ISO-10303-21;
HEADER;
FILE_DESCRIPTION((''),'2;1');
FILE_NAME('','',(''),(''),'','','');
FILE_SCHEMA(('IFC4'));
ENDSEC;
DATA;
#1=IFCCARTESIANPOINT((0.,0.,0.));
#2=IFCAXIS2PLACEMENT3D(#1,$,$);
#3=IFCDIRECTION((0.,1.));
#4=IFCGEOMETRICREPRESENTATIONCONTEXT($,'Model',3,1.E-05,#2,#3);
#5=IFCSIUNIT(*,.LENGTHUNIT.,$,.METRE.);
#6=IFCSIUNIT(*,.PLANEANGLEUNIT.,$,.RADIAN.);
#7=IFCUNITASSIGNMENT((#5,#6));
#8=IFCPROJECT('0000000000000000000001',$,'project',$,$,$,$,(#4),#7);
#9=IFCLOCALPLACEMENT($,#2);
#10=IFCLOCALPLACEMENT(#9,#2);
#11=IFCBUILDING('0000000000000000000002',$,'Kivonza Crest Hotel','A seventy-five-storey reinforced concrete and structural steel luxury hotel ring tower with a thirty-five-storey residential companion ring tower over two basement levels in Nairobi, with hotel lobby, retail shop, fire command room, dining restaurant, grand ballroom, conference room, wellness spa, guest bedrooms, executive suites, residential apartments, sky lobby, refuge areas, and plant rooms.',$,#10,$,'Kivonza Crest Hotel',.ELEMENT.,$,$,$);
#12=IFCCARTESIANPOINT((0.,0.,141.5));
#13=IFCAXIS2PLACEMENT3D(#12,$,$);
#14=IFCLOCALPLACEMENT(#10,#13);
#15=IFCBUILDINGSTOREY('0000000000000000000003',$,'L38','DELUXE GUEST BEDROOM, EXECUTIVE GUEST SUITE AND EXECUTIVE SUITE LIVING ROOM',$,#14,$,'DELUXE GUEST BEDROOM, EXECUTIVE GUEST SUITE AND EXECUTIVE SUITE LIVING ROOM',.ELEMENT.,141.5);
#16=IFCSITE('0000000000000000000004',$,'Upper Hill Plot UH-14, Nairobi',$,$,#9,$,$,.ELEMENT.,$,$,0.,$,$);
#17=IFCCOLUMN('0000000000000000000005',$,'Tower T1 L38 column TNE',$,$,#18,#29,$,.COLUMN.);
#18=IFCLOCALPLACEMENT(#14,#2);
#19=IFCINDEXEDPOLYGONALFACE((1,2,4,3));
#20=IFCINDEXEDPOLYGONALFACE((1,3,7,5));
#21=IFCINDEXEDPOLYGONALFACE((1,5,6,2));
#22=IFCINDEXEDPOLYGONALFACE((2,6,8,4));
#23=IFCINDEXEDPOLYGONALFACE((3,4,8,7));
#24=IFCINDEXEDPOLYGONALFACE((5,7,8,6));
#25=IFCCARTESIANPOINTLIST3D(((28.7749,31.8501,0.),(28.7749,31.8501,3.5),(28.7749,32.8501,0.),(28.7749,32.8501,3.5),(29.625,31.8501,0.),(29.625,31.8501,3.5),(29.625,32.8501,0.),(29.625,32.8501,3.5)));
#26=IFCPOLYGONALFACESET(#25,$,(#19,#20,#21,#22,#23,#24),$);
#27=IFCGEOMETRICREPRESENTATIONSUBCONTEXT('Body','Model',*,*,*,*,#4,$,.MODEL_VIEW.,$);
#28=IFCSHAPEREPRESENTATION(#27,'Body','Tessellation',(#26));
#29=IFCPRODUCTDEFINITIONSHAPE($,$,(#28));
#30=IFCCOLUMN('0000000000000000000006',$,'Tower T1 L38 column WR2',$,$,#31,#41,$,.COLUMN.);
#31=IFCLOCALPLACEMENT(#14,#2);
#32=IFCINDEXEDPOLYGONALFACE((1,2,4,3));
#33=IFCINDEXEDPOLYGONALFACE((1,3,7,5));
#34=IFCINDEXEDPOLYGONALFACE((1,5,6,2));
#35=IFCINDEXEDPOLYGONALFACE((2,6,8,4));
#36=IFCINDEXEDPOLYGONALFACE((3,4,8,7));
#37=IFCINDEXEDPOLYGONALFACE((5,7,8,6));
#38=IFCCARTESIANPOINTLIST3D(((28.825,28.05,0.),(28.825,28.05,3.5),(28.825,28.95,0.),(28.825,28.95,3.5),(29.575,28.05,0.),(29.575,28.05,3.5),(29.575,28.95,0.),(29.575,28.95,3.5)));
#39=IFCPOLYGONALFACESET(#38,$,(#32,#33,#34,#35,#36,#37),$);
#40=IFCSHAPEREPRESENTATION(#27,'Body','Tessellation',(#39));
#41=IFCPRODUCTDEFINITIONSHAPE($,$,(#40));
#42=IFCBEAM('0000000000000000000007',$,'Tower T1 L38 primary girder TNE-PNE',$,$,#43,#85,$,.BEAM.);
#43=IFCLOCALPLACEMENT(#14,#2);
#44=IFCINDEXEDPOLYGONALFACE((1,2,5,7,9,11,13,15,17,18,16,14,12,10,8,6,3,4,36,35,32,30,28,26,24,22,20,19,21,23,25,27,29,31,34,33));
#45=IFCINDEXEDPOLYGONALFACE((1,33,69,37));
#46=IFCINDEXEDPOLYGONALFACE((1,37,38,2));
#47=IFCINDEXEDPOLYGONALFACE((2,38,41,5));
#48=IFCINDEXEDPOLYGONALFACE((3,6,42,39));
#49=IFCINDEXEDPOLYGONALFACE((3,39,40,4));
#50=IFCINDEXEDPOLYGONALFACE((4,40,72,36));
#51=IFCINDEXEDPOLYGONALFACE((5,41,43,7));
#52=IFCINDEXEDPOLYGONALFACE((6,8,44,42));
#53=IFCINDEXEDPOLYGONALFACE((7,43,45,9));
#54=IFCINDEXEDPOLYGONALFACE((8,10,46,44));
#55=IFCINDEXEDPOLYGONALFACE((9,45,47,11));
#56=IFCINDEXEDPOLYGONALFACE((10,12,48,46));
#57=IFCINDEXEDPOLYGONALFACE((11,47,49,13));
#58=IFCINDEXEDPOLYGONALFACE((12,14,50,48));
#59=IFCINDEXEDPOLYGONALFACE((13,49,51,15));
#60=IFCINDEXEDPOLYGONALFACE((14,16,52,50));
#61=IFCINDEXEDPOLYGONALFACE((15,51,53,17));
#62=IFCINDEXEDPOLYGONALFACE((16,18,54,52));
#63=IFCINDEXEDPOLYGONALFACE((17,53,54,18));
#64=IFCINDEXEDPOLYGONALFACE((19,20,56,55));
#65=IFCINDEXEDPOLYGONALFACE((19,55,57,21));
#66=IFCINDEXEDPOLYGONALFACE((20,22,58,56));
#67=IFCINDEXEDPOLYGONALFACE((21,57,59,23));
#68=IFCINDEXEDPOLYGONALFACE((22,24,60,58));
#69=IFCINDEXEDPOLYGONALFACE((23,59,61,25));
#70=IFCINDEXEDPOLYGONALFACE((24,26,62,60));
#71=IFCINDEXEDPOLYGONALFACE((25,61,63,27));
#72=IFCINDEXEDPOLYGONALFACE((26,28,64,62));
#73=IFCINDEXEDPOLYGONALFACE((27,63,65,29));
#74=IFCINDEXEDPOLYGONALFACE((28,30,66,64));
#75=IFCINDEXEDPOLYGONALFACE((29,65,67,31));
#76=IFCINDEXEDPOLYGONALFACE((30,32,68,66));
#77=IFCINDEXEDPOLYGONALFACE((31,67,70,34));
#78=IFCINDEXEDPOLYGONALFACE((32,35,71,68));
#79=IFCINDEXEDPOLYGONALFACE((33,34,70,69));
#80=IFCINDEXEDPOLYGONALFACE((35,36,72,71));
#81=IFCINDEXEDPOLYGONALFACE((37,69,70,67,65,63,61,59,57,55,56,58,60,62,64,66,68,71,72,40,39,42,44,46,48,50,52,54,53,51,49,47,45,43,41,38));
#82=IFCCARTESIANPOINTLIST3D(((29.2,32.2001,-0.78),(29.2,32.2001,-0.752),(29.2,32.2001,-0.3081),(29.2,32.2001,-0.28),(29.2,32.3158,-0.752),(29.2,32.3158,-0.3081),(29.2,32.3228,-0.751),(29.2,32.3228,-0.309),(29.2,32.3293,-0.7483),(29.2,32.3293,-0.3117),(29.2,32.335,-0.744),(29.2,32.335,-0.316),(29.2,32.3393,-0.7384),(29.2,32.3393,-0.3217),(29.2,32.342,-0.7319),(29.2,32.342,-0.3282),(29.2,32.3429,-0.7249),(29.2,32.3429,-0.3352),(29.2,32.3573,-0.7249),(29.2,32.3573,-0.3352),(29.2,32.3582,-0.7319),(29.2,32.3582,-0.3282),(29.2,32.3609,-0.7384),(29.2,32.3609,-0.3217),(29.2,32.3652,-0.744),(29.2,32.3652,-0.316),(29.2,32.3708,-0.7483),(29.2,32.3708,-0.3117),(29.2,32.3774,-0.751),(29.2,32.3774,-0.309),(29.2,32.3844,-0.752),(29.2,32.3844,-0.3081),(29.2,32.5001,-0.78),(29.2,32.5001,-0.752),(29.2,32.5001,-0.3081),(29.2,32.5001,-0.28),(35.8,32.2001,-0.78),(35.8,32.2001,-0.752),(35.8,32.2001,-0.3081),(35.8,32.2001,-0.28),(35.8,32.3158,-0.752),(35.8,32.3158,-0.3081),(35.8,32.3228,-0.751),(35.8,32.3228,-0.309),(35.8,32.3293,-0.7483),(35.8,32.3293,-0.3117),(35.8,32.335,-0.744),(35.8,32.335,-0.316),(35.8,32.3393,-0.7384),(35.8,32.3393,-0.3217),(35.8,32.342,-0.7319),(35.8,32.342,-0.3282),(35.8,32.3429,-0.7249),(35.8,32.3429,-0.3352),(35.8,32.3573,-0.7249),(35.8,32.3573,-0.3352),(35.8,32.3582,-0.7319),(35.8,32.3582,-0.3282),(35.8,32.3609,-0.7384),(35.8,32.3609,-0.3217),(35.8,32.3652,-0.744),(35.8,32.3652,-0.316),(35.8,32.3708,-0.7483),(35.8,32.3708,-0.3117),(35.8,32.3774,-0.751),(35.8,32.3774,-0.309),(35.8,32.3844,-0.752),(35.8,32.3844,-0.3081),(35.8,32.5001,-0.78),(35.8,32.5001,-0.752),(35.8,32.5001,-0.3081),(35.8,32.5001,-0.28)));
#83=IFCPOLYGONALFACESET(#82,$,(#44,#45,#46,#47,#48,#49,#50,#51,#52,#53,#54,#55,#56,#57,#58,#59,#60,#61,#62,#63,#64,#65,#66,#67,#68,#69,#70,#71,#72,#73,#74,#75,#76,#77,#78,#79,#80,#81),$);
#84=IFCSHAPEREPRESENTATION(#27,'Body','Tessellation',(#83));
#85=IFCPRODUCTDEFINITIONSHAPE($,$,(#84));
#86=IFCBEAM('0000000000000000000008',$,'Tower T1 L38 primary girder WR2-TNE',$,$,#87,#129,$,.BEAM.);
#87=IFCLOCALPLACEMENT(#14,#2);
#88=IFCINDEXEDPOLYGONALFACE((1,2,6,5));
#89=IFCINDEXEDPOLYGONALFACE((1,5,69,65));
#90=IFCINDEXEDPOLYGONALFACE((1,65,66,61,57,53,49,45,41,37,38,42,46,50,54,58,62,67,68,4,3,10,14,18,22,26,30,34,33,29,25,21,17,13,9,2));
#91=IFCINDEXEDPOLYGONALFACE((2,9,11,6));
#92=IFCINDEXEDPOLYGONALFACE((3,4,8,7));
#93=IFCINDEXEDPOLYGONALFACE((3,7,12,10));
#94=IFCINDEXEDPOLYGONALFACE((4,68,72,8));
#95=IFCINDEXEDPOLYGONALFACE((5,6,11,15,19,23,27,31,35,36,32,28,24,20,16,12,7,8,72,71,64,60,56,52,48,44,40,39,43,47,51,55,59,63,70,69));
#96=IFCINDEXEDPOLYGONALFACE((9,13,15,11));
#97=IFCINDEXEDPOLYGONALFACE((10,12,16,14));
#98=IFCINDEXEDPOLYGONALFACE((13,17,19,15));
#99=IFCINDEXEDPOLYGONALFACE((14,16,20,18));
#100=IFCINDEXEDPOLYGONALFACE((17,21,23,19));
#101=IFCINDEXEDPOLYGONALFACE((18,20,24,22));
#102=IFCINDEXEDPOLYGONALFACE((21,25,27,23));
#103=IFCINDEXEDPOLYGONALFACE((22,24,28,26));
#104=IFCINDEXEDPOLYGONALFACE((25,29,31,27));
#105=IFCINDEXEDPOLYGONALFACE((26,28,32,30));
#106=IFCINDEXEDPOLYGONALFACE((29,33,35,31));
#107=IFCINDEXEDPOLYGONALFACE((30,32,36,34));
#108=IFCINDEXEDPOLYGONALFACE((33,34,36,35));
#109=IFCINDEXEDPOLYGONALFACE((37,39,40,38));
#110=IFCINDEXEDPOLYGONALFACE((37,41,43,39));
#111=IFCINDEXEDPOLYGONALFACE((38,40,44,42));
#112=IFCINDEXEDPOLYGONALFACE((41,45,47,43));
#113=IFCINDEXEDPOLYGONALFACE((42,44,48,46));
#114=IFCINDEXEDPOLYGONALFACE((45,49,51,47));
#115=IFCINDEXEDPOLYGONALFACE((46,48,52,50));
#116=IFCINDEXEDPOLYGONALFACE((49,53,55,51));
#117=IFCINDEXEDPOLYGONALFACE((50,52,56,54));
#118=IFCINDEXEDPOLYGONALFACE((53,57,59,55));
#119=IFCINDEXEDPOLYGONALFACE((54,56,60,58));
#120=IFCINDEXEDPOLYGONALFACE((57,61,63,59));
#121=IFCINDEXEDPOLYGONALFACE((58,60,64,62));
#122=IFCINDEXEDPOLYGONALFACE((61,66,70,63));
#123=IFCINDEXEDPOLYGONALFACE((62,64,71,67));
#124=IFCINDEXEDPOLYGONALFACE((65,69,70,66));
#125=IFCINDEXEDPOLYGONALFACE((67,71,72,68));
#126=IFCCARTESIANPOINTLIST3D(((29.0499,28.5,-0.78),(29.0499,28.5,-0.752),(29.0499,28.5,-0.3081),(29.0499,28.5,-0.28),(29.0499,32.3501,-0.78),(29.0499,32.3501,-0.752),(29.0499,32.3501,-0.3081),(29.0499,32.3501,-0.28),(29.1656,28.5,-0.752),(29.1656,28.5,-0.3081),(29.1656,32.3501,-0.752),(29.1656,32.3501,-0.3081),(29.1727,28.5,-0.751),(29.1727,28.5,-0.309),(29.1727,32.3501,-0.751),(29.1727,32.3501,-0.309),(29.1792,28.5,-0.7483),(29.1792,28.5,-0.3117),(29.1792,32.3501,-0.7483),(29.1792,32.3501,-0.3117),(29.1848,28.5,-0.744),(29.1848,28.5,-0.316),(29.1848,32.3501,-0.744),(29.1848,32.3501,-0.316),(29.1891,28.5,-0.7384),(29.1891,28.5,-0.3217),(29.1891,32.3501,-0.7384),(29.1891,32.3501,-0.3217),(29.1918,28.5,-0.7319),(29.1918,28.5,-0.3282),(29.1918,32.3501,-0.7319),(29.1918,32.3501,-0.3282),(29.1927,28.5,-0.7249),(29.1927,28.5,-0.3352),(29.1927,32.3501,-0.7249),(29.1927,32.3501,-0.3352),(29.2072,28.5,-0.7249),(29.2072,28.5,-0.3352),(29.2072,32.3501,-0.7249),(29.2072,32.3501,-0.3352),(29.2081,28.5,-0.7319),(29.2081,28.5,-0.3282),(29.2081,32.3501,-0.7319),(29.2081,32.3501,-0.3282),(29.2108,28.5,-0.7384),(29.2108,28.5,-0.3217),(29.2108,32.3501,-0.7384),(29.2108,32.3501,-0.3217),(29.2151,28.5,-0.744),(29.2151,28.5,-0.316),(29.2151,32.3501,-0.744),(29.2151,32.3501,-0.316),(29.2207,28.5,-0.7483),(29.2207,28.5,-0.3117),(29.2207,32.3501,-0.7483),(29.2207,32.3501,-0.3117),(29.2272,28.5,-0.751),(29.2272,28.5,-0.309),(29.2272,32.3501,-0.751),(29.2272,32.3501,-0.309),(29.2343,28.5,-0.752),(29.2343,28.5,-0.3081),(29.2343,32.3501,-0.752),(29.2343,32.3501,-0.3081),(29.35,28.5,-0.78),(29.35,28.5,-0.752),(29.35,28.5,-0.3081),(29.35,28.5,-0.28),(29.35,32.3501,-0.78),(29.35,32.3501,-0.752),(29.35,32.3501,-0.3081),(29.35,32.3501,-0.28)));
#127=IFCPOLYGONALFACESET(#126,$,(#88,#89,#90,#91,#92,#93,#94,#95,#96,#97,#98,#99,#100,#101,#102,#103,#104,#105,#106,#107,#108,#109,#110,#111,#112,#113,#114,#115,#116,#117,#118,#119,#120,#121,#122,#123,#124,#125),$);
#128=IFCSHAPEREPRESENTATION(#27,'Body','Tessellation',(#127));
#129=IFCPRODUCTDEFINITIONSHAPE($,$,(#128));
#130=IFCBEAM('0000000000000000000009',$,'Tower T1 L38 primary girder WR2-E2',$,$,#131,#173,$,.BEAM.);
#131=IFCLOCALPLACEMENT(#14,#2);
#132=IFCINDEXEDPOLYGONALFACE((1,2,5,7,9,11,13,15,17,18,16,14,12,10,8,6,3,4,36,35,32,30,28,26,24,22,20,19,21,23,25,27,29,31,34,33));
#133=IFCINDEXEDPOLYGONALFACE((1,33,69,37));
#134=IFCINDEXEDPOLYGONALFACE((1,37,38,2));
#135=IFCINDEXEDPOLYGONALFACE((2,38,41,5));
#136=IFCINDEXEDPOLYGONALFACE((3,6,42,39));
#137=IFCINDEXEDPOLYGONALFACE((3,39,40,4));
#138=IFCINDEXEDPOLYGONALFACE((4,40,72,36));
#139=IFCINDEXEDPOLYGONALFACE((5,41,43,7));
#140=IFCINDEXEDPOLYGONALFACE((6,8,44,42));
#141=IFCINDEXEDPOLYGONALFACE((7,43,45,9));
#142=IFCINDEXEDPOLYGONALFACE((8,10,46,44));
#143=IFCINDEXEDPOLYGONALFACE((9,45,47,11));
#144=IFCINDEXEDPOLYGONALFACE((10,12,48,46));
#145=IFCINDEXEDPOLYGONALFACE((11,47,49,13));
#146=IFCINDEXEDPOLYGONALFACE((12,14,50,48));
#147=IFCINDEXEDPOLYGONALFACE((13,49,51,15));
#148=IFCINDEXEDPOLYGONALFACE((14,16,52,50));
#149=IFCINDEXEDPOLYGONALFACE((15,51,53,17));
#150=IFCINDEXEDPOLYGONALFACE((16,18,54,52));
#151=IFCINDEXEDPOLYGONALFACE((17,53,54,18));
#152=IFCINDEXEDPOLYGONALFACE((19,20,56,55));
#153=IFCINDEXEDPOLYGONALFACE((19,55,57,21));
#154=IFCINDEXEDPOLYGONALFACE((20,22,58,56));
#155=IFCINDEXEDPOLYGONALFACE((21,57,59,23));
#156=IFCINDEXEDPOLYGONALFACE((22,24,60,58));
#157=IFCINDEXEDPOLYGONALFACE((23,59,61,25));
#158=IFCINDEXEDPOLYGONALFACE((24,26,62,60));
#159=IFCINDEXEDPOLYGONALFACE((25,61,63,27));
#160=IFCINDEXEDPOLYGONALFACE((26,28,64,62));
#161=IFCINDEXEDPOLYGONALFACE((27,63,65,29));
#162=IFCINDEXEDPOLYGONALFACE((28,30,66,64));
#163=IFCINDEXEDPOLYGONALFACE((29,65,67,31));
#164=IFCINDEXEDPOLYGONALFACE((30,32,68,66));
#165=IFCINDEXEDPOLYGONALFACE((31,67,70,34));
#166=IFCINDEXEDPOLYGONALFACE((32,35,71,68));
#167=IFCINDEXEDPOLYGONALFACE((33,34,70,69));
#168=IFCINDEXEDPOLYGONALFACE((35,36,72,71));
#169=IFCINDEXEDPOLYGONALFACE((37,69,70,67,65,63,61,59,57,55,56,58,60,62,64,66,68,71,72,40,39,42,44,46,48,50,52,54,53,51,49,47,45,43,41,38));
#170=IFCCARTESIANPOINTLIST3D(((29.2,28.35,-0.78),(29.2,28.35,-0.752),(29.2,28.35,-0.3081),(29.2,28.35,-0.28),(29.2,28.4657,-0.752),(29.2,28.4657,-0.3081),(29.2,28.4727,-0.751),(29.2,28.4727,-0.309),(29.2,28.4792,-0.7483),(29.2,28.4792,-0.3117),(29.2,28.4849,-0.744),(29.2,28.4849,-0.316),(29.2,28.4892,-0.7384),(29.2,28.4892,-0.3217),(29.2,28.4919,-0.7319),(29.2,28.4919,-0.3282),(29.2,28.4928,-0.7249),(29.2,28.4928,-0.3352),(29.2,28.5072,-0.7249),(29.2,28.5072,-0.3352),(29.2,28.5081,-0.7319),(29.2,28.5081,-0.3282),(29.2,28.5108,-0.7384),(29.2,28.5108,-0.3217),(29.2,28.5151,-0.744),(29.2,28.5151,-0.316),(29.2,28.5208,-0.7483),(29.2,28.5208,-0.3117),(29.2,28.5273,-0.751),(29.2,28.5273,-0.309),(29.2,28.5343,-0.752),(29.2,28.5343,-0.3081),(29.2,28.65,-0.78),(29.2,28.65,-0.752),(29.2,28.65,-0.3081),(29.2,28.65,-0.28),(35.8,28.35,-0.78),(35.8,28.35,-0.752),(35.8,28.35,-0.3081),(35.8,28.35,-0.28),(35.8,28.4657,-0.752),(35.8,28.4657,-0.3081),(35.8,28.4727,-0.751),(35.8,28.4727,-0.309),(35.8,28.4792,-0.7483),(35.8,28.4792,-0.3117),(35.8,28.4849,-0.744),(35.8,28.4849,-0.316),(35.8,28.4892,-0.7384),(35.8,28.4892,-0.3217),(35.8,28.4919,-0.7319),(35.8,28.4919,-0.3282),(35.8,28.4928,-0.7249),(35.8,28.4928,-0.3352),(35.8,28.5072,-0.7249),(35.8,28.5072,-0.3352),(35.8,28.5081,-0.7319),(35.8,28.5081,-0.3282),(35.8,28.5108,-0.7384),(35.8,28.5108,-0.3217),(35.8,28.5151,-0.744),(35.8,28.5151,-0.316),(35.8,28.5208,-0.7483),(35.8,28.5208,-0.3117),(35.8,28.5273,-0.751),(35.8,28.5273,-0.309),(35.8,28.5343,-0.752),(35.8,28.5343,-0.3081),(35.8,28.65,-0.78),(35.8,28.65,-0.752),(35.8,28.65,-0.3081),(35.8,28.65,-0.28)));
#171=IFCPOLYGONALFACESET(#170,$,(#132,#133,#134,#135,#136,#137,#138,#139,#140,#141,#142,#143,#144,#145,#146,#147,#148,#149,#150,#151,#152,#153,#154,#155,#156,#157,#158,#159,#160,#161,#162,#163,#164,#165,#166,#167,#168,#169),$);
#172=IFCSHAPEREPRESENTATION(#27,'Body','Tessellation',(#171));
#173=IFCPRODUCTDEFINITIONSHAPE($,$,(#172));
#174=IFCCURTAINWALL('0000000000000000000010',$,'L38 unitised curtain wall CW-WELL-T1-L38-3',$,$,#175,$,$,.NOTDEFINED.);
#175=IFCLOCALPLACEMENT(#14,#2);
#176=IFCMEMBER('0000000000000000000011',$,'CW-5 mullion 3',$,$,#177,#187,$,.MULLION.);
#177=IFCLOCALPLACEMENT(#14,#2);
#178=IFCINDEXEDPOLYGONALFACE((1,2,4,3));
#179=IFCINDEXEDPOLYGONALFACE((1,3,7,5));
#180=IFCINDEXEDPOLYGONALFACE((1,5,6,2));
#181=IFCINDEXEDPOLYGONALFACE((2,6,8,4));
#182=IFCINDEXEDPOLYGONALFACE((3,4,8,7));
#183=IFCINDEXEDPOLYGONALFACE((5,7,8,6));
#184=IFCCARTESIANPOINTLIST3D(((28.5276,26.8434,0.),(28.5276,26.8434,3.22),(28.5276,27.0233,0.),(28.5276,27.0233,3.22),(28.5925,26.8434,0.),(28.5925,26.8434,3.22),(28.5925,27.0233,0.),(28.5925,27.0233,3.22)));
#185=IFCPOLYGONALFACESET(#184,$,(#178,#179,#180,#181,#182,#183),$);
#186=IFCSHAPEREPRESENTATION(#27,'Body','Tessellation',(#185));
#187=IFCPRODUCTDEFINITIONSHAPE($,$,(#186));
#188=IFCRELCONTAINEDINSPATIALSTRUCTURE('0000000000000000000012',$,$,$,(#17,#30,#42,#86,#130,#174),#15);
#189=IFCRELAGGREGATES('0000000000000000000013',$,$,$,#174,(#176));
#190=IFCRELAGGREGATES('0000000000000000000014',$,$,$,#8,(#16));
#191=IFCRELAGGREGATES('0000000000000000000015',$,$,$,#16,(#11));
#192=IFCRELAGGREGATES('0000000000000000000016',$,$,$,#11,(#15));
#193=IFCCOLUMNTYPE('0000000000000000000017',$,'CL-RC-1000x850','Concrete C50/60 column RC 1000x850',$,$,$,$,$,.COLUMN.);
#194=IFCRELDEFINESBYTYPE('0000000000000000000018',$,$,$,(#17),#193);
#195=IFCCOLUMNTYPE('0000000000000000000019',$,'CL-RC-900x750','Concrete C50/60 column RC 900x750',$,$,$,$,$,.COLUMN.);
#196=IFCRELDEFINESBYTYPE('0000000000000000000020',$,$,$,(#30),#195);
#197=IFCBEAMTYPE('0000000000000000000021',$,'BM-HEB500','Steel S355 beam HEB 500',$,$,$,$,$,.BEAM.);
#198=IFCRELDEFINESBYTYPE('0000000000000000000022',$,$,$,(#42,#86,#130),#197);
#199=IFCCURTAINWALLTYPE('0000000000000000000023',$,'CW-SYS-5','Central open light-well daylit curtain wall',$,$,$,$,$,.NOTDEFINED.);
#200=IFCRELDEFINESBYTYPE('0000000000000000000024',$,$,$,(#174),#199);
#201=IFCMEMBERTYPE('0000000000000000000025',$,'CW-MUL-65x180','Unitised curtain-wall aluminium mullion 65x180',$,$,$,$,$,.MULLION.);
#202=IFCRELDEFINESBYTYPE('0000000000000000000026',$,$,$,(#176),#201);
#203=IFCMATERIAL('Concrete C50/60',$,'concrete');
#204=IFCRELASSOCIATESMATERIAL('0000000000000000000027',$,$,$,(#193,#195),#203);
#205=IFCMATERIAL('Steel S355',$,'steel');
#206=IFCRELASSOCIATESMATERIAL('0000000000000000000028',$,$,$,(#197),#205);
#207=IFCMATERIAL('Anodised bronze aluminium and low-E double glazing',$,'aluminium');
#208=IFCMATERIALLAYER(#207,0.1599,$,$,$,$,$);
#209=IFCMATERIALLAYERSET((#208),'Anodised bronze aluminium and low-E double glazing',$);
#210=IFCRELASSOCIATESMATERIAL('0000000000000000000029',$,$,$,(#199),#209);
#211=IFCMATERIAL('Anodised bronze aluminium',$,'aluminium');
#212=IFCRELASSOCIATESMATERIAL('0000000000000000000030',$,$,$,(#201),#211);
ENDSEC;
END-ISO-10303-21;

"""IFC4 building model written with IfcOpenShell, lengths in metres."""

from ifc_helpers import new_model, si_unit, direction, frame, origin, origin_2d, place, context, subcontext, project, spatial, rectangle, i_section, extrude, material, layer, layer_set, material_profile, profile_set, type_object, element, aggregate, save


model = new_model("IFC4")

# Units and contexts
model_context = context("Model", 3, precision=1e-05, world=origin(), true_north=direction((0.0, 1.0)))
body_context = subcontext(model_context, "Body", "Model", "MODEL_VIEW")
ifc_project = project(units=[si_unit("LENGTHUNIT", "METRE"), si_unit("PLANEANGLEUNIT", "RADIAN")], contexts=[model_context])

# Site, building, storey
site_placement = place(None, origin())
site = spatial("IfcSite", under=ifc_project, at=site_placement, Name="Upper Hill Plot UH-14, Nairobi", CompositionType="ELEMENT", RefElevation=0.0)
building_placement = place(site_placement, origin())
building = spatial("IfcBuilding", under=site, at=building_placement, Name="Kivonza Crest Hotel", Description="A seventy-five-storey reinforced concrete and structural steel luxury hotel ring tower with a thirty-five-storey residential companion ring tower over two basement levels in Nairobi, with hotel lobby, retail shop, fire command room, dining restaurant, grand ballroom, conference room, wellness spa, guest bedrooms, executive suites, residential apartments, sky lobby, refuge areas, and plant rooms.", LongName="Kivonza Crest Hotel", CompositionType="ELEMENT")
storey_placement = place(building_placement, frame((0.0, 0.0, 141.5)))
storey = spatial("IfcBuildingStorey", under=building, at=storey_placement, Name="L38", Description="DELUXE GUEST BEDROOM, EXECUTIVE GUEST SUITE AND EXECUTIVE SUITE LIVING ROOM", LongName="DELUXE GUEST BEDROOM, EXECUTIVE GUEST SUITE AND EXECUTIVE SUITE LIVING ROOM", CompositionType="ELEMENT", Elevation=141.5)

# Columns
ifc_material_1 = material(Name="Concrete C50/60", Category="concrete")
ifc_material_profile_1 = material_profile(ifc_material_1, rectangle(XDim=0.8501, YDim=1.0, at=origin_2d()), Name="RC 1000x850")
ifc_profile_set_1 = profile_set([ifc_material_profile_1], Name="Concrete C50/60")
column_type_1 = type_object("IfcColumnType", Name="CL-RC-1000x850", Description="Concrete C50/60 column RC 1000x850", PredefinedType="COLUMN", material=ifc_profile_set_1)
column_1_placement = place(storey_placement, frame((29.2, 32.3501, 0.0), z_axis=(0.0, 0.0, 1.0), x_axis=(1.0, 0.0, 0.0)))
element("IfcColumn", 1, at=column_1_placement, inside=storey, type_object=column_type_1, Name="Tower T1 L38 column TNE", PredefinedType="COLUMN", context=body_context, shape_type="SweptSolid", body=[
    extrude(rectangle(XDim=0.8501, YDim=1.0, at=origin_2d()), origin(), (0.0, 0.0, 1.0), 3.5),
])
ifc_material_profile_2 = material_profile(ifc_material_1, rectangle(XDim=0.75, YDim=0.8999, at=origin_2d()), Name="RC 900x750")
ifc_profile_set_2 = profile_set([ifc_material_profile_2], Name="Concrete C50/60")
column_type_2 = type_object("IfcColumnType", Name="CL-RC-900x750", Description="Concrete C50/60 column RC 900x750", PredefinedType="COLUMN", material=ifc_profile_set_2)
column_2_placement = place(storey_placement, frame((29.2, 28.5, 0.0), z_axis=(0.0, 0.0, 1.0), x_axis=(1.0, 0.0, 0.0)))
element("IfcColumn", 2, at=column_2_placement, inside=storey, type_object=column_type_2, Name="Tower T1 L38 column WR2", PredefinedType="COLUMN", context=body_context, shape_type="SweptSolid", body=[
    extrude(rectangle(XDim=0.75, YDim=0.8999, at=origin_2d()), origin(), (0.0, 0.0, 1.0), 3.5),
])

# Beams
ifc_material_2 = material(Name="Steel S355", Category="steel")
ifc_material_profile_3 = material_profile(ifc_material_2, i_section(OverallWidth=0.3, OverallDepth=0.5, WebThickness=0.0144, FlangeThickness=0.0281, FilletRadius=0.0271, at=origin_2d()), Name="HEB 500")
ifc_profile_set_3 = profile_set([ifc_material_profile_3], Name="Steel S355")
beam_type = type_object("IfcBeamType", Name="BM-HEB500", Description="Steel S355 beam HEB 500", PredefinedType="BEAM", material=ifc_profile_set_3)
beam_1_placement = place(storey_placement, frame((29.2, 32.3501, -0.53), z_axis=(1.0, 0.0, 0.0), x_axis=(0.0, 1.0, 0.0)))
element("IfcBeam", 3, at=beam_1_placement, inside=storey, type_object=beam_type, Name="Tower T1 L38 primary girder TNE-PNE", PredefinedType="BEAM", context=body_context, shape_type="SweptSolid", body=[
    extrude(i_section(OverallWidth=0.3, OverallDepth=0.5, WebThickness=0.0144, FlangeThickness=0.0281, FilletRadius=0.0271, at=origin_2d()), origin(), (0.0, 0.0, 1.0), 6.6001),
])
beam_2_placement = place(storey_placement, frame((29.2, 28.5, -0.53), z_axis=(0.0, 1.0, 0.0), x_axis=(-1.0, 0.0, 0.0)))
element("IfcBeam", 4, at=beam_2_placement, inside=storey, type_object=beam_type, Name="Tower T1 L38 primary girder WR2-TNE", PredefinedType="BEAM", context=body_context, shape_type="SweptSolid", body=[
    extrude(i_section(OverallWidth=0.3, OverallDepth=0.5, WebThickness=0.0144, FlangeThickness=0.0281, FilletRadius=0.0271, at=origin_2d()), origin(), (0.0, 0.0, 1.0), 3.8501),
])
beam_3_placement = place(storey_placement, frame((29.2, 28.5, -0.53), z_axis=(1.0, 0.0, 0.0), x_axis=(0.0, 1.0, 0.0)))
element("IfcBeam", 5, at=beam_3_placement, inside=storey, type_object=beam_type, Name="Tower T1 L38 primary girder WR2-E2", PredefinedType="BEAM", context=body_context, shape_type="SweptSolid", body=[
    extrude(i_section(OverallWidth=0.3, OverallDepth=0.5, WebThickness=0.0144, FlangeThickness=0.0281, FilletRadius=0.0271, at=origin_2d()), origin(), (0.0, 0.0, 1.0), 6.6001),
])

# Curtain wall, member
ifc_material_3 = material(Name="Anodised bronze aluminium and low-E double glazing", Category="aluminium")
ifc_layer_1 = layer(ifc_material_3, 0.1599)
ifc_layer_set_1 = layer_set([ifc_layer_1], Name="Anodised bronze aluminium and low-E double glazing")
curtain_wall_type = type_object("IfcCurtainWallType", Name="CW-SYS-5", Description="Central open light-well daylit curtain wall", PredefinedType="NOTDEFINED", material=ifc_layer_set_1)
curtain_wall_placement = place(storey_placement, origin())
curtain_wall = element("IfcCurtainWall", 6, at=curtain_wall_placement, inside=storey, type_object=curtain_wall_type, Name="L38 unitised curtain wall CW-WELL-T1-L38-3", PredefinedType="NOTDEFINED")
ifc_material_4 = material(Name="Anodised bronze aluminium", Category="aluminium")
ifc_material_profile_4 = material_profile(ifc_material_4, rectangle(XDim=0.0649, YDim=0.1799, at=origin_2d()), Name="CW-M 65x180")
ifc_profile_set_4 = profile_set([ifc_material_profile_4], Name="Anodised bronze aluminium")
member_type_1 = type_object("IfcMemberType", Name="CW-MUL-65x180", Description="Unitised curtain-wall aluminium mullion 65x180", PredefinedType="MULLION", material=ifc_profile_set_4)
member_1_placement = place(storey_placement, frame((28.5601, 26.9333, 0.0), z_axis=(0.0, 0.0, 1.0), x_axis=(-1.0, 0.0, 0.0)))
member_1 = element("IfcMember", 7, at=member_1_placement, type_object=member_type_1, Name="CW-5 mullion 3", PredefinedType="MULLION", context=body_context, shape_type="SweptSolid", body=[
    extrude(rectangle(XDim=0.0649, YDim=0.1799, at=origin_2d()), origin(), (0.0, 0.0, 1.0), 3.22),
])
aggregate(curtain_wall, [member_1])

save(model, "model.ifc")
